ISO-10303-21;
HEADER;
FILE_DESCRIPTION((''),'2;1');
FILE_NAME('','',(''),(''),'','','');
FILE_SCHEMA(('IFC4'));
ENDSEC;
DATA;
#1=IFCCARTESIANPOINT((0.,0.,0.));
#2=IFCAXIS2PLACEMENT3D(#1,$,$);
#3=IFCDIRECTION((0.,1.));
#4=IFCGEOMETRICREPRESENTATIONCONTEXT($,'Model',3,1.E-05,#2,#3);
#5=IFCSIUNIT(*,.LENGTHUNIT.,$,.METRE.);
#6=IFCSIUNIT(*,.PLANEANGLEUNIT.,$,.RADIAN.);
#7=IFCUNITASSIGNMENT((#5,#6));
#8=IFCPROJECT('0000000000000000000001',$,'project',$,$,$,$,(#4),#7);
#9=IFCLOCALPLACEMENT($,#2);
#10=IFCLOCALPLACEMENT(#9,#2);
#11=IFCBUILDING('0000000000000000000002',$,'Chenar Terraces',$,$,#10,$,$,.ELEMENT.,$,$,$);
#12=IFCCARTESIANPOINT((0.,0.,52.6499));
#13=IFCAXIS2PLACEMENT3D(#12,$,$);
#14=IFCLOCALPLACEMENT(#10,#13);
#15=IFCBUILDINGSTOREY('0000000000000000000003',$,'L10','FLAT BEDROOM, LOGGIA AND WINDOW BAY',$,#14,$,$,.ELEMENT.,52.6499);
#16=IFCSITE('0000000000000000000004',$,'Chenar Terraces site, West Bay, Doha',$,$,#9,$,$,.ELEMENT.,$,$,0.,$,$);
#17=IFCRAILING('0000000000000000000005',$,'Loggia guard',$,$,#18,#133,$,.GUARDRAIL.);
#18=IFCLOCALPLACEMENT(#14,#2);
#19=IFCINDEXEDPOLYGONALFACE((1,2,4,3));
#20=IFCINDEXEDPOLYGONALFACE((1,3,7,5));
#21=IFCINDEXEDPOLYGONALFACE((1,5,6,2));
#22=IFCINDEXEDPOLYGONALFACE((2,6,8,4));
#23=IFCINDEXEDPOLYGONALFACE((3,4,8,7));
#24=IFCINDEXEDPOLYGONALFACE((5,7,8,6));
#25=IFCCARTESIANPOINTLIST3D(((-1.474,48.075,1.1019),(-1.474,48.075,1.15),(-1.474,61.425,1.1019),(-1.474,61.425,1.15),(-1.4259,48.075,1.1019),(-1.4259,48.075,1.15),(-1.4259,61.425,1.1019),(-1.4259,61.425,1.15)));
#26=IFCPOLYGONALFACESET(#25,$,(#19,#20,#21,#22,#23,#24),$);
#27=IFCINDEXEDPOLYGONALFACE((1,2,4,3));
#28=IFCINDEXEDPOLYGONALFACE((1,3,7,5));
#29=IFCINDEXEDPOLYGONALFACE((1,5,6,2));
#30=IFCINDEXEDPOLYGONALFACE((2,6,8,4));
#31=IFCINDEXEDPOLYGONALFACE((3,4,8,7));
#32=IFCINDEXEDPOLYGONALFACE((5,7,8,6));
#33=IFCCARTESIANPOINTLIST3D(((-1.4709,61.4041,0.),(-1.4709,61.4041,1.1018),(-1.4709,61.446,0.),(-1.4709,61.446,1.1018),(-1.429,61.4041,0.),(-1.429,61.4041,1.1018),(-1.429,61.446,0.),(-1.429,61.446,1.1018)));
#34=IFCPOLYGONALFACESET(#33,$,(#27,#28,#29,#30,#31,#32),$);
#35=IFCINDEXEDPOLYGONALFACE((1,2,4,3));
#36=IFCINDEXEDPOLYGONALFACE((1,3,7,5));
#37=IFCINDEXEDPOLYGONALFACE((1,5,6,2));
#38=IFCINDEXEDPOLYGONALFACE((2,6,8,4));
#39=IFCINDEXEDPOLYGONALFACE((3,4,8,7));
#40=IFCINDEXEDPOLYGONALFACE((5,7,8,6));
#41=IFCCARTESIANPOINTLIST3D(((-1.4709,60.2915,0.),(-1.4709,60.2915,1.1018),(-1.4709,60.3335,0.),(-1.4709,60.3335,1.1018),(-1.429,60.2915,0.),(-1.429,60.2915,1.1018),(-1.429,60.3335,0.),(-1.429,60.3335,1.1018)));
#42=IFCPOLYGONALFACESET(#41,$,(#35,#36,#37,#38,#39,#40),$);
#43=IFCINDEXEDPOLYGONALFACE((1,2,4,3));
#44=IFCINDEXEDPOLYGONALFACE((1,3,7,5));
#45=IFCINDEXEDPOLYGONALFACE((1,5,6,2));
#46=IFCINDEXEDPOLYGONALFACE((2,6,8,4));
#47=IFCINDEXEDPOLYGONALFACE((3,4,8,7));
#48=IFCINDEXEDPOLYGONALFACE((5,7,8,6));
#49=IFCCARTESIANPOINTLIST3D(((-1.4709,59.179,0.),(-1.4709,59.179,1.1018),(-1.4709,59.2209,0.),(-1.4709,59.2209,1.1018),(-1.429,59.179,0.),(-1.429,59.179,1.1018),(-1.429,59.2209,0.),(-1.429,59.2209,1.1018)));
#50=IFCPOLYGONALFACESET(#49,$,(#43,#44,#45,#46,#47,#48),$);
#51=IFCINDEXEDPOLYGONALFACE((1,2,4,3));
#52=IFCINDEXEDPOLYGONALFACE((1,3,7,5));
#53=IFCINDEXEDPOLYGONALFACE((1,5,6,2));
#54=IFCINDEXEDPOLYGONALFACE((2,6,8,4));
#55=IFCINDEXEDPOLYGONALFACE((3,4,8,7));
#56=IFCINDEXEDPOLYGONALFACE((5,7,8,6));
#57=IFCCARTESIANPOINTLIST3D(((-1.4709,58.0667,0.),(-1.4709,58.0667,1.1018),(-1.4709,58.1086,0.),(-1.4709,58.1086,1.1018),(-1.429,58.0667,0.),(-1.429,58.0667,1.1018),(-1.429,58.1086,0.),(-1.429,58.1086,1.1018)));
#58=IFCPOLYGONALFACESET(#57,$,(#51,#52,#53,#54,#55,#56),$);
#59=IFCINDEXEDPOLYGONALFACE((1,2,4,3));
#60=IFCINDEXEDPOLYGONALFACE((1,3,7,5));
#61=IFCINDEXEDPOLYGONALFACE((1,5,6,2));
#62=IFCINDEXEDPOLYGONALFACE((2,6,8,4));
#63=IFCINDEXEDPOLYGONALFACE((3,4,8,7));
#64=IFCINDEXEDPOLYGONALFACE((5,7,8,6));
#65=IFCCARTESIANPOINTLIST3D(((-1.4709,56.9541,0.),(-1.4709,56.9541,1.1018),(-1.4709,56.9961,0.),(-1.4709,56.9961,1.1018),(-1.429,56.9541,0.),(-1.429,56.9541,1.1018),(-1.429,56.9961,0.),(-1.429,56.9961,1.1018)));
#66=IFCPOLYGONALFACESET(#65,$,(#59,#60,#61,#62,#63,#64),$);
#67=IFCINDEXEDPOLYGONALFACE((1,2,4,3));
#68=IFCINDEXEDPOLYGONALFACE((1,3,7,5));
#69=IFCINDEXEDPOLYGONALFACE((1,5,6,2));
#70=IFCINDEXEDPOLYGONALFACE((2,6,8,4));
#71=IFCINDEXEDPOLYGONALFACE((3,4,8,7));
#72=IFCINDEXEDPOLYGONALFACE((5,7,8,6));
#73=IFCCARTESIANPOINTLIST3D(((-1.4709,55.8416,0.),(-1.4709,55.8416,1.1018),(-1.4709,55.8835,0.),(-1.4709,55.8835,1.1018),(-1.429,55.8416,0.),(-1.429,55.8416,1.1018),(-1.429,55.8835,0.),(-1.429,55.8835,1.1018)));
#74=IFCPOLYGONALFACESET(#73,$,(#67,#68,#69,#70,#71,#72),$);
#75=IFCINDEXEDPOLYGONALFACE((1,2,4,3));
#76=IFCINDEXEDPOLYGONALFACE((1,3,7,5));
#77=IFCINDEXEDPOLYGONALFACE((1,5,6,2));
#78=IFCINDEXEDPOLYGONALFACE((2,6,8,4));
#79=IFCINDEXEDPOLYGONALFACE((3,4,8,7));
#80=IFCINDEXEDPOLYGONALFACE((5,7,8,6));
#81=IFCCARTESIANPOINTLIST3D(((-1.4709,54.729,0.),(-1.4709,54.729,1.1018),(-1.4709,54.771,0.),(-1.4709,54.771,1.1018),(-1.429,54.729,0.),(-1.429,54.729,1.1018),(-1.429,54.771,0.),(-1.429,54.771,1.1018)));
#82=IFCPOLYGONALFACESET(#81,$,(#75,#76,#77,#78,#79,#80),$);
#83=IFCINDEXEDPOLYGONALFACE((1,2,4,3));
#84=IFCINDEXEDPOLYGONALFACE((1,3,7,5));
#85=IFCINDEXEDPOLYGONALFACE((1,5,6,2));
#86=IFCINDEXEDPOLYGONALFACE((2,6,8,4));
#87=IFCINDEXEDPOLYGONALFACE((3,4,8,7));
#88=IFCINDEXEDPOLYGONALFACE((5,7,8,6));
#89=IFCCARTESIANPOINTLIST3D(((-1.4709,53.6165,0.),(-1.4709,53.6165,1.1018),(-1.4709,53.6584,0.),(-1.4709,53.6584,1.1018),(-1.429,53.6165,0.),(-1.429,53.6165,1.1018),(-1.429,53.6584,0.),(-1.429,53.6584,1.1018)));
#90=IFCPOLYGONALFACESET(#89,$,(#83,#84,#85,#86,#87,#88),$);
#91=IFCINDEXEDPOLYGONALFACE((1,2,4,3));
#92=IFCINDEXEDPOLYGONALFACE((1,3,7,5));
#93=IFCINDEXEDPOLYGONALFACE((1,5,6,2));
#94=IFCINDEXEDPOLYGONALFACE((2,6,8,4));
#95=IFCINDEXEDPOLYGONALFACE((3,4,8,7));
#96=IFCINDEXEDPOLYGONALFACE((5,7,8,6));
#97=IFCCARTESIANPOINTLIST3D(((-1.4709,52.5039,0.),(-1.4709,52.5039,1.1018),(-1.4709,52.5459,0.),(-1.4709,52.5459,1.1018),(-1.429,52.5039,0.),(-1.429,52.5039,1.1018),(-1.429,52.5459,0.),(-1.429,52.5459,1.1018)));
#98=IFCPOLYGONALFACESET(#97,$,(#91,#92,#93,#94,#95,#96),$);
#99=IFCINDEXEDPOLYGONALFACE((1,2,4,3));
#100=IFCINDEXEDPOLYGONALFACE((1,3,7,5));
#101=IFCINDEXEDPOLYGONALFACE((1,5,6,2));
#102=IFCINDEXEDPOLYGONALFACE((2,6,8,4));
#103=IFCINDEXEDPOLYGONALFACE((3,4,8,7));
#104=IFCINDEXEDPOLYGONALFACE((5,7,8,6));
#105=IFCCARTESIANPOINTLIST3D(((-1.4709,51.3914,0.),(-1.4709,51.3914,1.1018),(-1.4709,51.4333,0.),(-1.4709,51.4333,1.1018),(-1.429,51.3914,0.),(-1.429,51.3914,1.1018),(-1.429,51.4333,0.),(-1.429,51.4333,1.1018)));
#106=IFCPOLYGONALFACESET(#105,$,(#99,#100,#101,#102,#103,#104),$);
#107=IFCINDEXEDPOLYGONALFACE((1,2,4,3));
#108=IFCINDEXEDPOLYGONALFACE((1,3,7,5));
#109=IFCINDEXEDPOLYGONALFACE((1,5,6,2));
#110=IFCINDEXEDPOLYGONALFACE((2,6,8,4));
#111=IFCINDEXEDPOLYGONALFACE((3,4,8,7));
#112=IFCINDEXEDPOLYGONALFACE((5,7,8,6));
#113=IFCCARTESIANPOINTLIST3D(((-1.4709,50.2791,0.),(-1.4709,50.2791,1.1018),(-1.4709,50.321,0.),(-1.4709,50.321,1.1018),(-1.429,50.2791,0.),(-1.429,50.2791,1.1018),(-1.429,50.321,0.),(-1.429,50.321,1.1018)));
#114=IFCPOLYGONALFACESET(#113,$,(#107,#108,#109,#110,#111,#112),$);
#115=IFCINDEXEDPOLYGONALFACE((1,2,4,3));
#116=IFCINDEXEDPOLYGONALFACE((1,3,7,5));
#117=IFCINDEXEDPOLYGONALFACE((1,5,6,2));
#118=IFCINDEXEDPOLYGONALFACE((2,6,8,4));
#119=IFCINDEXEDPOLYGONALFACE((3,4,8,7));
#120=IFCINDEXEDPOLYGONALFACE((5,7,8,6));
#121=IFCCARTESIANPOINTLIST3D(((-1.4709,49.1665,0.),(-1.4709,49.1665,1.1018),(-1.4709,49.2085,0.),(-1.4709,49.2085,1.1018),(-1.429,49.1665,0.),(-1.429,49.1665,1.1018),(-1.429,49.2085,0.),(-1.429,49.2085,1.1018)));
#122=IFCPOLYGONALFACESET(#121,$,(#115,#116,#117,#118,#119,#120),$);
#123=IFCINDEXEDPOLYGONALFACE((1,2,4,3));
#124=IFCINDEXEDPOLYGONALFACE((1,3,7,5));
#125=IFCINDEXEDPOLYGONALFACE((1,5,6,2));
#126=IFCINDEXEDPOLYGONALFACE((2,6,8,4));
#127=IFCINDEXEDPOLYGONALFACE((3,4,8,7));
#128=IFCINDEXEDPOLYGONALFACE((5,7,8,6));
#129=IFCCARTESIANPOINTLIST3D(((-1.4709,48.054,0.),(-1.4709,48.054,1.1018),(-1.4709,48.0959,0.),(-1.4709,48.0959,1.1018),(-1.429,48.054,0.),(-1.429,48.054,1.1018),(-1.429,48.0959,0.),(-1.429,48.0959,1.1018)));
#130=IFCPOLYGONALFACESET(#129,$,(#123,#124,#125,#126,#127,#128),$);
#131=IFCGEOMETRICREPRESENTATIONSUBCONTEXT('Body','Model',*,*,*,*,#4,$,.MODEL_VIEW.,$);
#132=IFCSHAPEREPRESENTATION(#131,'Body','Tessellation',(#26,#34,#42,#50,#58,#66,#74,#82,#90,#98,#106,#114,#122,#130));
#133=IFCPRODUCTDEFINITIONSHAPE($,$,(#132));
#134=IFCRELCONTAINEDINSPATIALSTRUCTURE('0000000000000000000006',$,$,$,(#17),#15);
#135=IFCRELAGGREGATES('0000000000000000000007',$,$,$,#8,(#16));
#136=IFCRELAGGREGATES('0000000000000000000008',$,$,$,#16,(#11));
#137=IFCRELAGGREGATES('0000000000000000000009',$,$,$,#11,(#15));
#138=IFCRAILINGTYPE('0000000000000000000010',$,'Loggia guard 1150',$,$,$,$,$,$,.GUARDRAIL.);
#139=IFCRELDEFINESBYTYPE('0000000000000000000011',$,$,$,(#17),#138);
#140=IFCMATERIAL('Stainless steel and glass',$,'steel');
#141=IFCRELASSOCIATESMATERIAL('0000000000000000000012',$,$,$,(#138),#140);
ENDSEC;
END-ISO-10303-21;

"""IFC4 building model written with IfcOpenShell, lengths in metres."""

from ifc_helpers import new_model, si_unit, direction, frame, origin, origin_2d, place, context, subcontext, project, spatial, rectangle, extrude, material, type_object, element, save


model = new_model("IFC4")

# Units and contexts
model_context = context("Model", 3, precision=1e-05, world=origin(), true_north=direction((0.0, 1.0)))
body_context = subcontext(model_context, "Body", "Model", "MODEL_VIEW")
ifc_project = project(units=[si_unit("LENGTHUNIT", "METRE"), si_unit("PLANEANGLEUNIT", "RADIAN")], contexts=[model_context])

# Site, building, storey
site_placement = place(None, origin())
site = spatial("IfcSite", under=ifc_project, at=site_placement, Name="Chenar Terraces site, West Bay, Doha", CompositionType="ELEMENT", RefElevation=0.0)
building_placement = place(site_placement, origin())
building = spatial("IfcBuilding", under=site, at=building_placement, Name="Chenar Terraces", CompositionType="ELEMENT")
storey_placement = place(building_placement, frame((0.0, 0.0, 52.6499)))
storey = spatial("IfcBuildingStorey", under=building, at=storey_placement, Name="L10", Description="FLAT BEDROOM, LOGGIA AND WINDOW BAY", CompositionType="ELEMENT", Elevation=52.6499)

# Railing
ifc_material_1 = material(Name="Stainless steel and glass", Category="steel")
railing_type = type_object("IfcRailingType", Name="Loggia guard 1150", PredefinedType="GUARDRAIL", material=ifc_material_1)
railing_1_placement = place(storey_placement, frame((-1.45, 61.425, 0.0)))
element("IfcRailing", 1, at=railing_1_placement, inside=storey, type_object=railing_type, Name="Loggia guard", PredefinedType="GUARDRAIL", context=body_context, shape_type="SweptSolid", body=[
    extrude(rectangle(XDim=0.0481, YDim=0.0481, at=origin_2d()), frame((0.0, 0.0, 1.126), z_axis=(0.0, -1.0, 0.0), x_axis=(1.0, 0.0, 0.0)), (0.0, 0.0, 1.0), 13.3501),
    extrude(rectangle(XDim=0.042, YDim=0.042, at=origin_2d()), origin(), (0.0, 0.0, 1.0), 1.1018),
    extrude(rectangle(XDim=0.042, YDim=0.042, at=origin_2d()), frame((0.0, -1.1125, 0.0)), (0.0, 0.0, 1.0), 1.1018),
    extrude(rectangle(XDim=0.042, YDim=0.042, at=origin_2d()), frame((0.0, -2.2251, 0.0)), (0.0, 0.0, 1.0), 1.1018),
    extrude(rectangle(XDim=0.042, YDim=0.042, at=origin_2d()), frame((0.0, -3.3374, 0.0)), (0.0, 0.0, 1.0), 1.1018),
    extrude(rectangle(XDim=0.042, YDim=0.042, at=origin_2d()), frame((0.0, -4.45, 0.0)), (0.0, 0.0, 1.0), 1.1018),
    extrude(rectangle(XDim=0.042, YDim=0.042, at=origin_2d()), frame((0.0, -5.5625, 0.0)), (0.0, 0.0, 1.0), 1.1018),
    extrude(rectangle(XDim=0.042, YDim=0.042, at=origin_2d()), frame((0.0, -6.675, 0.0)), (0.0, 0.0, 1.0), 1.1018),
    extrude(rectangle(XDim=0.042, YDim=0.042, at=origin_2d()), frame((0.0, -7.7876, 0.0)), (0.0, 0.0, 1.0), 1.1018),
    extrude(rectangle(XDim=0.042, YDim=0.042, at=origin_2d()), frame((0.0, -8.9001, 0.0)), (0.0, 0.0, 1.0), 1.1018),
    extrude(rectangle(XDim=0.042, YDim=0.042, at=origin_2d()), frame((0.0, -10.0127, 0.0)), (0.0, 0.0, 1.0), 1.1018),
    extrude(rectangle(XDim=0.042, YDim=0.042, at=origin_2d()), frame((0.0, -11.125, 0.0)), (0.0, 0.0, 1.0), 1.1018),
    extrude(rectangle(XDim=0.042, YDim=0.042, at=origin_2d()), frame((0.0, -12.2375, 0.0)), (0.0, 0.0, 1.0), 1.1018),
    extrude(rectangle(XDim=0.042, YDim=0.042, at=origin_2d()), frame((0.0, -13.3501, 0.0)), (0.0, 0.0, 1.0), 1.1018),
])

save(model, "model.ifc")
